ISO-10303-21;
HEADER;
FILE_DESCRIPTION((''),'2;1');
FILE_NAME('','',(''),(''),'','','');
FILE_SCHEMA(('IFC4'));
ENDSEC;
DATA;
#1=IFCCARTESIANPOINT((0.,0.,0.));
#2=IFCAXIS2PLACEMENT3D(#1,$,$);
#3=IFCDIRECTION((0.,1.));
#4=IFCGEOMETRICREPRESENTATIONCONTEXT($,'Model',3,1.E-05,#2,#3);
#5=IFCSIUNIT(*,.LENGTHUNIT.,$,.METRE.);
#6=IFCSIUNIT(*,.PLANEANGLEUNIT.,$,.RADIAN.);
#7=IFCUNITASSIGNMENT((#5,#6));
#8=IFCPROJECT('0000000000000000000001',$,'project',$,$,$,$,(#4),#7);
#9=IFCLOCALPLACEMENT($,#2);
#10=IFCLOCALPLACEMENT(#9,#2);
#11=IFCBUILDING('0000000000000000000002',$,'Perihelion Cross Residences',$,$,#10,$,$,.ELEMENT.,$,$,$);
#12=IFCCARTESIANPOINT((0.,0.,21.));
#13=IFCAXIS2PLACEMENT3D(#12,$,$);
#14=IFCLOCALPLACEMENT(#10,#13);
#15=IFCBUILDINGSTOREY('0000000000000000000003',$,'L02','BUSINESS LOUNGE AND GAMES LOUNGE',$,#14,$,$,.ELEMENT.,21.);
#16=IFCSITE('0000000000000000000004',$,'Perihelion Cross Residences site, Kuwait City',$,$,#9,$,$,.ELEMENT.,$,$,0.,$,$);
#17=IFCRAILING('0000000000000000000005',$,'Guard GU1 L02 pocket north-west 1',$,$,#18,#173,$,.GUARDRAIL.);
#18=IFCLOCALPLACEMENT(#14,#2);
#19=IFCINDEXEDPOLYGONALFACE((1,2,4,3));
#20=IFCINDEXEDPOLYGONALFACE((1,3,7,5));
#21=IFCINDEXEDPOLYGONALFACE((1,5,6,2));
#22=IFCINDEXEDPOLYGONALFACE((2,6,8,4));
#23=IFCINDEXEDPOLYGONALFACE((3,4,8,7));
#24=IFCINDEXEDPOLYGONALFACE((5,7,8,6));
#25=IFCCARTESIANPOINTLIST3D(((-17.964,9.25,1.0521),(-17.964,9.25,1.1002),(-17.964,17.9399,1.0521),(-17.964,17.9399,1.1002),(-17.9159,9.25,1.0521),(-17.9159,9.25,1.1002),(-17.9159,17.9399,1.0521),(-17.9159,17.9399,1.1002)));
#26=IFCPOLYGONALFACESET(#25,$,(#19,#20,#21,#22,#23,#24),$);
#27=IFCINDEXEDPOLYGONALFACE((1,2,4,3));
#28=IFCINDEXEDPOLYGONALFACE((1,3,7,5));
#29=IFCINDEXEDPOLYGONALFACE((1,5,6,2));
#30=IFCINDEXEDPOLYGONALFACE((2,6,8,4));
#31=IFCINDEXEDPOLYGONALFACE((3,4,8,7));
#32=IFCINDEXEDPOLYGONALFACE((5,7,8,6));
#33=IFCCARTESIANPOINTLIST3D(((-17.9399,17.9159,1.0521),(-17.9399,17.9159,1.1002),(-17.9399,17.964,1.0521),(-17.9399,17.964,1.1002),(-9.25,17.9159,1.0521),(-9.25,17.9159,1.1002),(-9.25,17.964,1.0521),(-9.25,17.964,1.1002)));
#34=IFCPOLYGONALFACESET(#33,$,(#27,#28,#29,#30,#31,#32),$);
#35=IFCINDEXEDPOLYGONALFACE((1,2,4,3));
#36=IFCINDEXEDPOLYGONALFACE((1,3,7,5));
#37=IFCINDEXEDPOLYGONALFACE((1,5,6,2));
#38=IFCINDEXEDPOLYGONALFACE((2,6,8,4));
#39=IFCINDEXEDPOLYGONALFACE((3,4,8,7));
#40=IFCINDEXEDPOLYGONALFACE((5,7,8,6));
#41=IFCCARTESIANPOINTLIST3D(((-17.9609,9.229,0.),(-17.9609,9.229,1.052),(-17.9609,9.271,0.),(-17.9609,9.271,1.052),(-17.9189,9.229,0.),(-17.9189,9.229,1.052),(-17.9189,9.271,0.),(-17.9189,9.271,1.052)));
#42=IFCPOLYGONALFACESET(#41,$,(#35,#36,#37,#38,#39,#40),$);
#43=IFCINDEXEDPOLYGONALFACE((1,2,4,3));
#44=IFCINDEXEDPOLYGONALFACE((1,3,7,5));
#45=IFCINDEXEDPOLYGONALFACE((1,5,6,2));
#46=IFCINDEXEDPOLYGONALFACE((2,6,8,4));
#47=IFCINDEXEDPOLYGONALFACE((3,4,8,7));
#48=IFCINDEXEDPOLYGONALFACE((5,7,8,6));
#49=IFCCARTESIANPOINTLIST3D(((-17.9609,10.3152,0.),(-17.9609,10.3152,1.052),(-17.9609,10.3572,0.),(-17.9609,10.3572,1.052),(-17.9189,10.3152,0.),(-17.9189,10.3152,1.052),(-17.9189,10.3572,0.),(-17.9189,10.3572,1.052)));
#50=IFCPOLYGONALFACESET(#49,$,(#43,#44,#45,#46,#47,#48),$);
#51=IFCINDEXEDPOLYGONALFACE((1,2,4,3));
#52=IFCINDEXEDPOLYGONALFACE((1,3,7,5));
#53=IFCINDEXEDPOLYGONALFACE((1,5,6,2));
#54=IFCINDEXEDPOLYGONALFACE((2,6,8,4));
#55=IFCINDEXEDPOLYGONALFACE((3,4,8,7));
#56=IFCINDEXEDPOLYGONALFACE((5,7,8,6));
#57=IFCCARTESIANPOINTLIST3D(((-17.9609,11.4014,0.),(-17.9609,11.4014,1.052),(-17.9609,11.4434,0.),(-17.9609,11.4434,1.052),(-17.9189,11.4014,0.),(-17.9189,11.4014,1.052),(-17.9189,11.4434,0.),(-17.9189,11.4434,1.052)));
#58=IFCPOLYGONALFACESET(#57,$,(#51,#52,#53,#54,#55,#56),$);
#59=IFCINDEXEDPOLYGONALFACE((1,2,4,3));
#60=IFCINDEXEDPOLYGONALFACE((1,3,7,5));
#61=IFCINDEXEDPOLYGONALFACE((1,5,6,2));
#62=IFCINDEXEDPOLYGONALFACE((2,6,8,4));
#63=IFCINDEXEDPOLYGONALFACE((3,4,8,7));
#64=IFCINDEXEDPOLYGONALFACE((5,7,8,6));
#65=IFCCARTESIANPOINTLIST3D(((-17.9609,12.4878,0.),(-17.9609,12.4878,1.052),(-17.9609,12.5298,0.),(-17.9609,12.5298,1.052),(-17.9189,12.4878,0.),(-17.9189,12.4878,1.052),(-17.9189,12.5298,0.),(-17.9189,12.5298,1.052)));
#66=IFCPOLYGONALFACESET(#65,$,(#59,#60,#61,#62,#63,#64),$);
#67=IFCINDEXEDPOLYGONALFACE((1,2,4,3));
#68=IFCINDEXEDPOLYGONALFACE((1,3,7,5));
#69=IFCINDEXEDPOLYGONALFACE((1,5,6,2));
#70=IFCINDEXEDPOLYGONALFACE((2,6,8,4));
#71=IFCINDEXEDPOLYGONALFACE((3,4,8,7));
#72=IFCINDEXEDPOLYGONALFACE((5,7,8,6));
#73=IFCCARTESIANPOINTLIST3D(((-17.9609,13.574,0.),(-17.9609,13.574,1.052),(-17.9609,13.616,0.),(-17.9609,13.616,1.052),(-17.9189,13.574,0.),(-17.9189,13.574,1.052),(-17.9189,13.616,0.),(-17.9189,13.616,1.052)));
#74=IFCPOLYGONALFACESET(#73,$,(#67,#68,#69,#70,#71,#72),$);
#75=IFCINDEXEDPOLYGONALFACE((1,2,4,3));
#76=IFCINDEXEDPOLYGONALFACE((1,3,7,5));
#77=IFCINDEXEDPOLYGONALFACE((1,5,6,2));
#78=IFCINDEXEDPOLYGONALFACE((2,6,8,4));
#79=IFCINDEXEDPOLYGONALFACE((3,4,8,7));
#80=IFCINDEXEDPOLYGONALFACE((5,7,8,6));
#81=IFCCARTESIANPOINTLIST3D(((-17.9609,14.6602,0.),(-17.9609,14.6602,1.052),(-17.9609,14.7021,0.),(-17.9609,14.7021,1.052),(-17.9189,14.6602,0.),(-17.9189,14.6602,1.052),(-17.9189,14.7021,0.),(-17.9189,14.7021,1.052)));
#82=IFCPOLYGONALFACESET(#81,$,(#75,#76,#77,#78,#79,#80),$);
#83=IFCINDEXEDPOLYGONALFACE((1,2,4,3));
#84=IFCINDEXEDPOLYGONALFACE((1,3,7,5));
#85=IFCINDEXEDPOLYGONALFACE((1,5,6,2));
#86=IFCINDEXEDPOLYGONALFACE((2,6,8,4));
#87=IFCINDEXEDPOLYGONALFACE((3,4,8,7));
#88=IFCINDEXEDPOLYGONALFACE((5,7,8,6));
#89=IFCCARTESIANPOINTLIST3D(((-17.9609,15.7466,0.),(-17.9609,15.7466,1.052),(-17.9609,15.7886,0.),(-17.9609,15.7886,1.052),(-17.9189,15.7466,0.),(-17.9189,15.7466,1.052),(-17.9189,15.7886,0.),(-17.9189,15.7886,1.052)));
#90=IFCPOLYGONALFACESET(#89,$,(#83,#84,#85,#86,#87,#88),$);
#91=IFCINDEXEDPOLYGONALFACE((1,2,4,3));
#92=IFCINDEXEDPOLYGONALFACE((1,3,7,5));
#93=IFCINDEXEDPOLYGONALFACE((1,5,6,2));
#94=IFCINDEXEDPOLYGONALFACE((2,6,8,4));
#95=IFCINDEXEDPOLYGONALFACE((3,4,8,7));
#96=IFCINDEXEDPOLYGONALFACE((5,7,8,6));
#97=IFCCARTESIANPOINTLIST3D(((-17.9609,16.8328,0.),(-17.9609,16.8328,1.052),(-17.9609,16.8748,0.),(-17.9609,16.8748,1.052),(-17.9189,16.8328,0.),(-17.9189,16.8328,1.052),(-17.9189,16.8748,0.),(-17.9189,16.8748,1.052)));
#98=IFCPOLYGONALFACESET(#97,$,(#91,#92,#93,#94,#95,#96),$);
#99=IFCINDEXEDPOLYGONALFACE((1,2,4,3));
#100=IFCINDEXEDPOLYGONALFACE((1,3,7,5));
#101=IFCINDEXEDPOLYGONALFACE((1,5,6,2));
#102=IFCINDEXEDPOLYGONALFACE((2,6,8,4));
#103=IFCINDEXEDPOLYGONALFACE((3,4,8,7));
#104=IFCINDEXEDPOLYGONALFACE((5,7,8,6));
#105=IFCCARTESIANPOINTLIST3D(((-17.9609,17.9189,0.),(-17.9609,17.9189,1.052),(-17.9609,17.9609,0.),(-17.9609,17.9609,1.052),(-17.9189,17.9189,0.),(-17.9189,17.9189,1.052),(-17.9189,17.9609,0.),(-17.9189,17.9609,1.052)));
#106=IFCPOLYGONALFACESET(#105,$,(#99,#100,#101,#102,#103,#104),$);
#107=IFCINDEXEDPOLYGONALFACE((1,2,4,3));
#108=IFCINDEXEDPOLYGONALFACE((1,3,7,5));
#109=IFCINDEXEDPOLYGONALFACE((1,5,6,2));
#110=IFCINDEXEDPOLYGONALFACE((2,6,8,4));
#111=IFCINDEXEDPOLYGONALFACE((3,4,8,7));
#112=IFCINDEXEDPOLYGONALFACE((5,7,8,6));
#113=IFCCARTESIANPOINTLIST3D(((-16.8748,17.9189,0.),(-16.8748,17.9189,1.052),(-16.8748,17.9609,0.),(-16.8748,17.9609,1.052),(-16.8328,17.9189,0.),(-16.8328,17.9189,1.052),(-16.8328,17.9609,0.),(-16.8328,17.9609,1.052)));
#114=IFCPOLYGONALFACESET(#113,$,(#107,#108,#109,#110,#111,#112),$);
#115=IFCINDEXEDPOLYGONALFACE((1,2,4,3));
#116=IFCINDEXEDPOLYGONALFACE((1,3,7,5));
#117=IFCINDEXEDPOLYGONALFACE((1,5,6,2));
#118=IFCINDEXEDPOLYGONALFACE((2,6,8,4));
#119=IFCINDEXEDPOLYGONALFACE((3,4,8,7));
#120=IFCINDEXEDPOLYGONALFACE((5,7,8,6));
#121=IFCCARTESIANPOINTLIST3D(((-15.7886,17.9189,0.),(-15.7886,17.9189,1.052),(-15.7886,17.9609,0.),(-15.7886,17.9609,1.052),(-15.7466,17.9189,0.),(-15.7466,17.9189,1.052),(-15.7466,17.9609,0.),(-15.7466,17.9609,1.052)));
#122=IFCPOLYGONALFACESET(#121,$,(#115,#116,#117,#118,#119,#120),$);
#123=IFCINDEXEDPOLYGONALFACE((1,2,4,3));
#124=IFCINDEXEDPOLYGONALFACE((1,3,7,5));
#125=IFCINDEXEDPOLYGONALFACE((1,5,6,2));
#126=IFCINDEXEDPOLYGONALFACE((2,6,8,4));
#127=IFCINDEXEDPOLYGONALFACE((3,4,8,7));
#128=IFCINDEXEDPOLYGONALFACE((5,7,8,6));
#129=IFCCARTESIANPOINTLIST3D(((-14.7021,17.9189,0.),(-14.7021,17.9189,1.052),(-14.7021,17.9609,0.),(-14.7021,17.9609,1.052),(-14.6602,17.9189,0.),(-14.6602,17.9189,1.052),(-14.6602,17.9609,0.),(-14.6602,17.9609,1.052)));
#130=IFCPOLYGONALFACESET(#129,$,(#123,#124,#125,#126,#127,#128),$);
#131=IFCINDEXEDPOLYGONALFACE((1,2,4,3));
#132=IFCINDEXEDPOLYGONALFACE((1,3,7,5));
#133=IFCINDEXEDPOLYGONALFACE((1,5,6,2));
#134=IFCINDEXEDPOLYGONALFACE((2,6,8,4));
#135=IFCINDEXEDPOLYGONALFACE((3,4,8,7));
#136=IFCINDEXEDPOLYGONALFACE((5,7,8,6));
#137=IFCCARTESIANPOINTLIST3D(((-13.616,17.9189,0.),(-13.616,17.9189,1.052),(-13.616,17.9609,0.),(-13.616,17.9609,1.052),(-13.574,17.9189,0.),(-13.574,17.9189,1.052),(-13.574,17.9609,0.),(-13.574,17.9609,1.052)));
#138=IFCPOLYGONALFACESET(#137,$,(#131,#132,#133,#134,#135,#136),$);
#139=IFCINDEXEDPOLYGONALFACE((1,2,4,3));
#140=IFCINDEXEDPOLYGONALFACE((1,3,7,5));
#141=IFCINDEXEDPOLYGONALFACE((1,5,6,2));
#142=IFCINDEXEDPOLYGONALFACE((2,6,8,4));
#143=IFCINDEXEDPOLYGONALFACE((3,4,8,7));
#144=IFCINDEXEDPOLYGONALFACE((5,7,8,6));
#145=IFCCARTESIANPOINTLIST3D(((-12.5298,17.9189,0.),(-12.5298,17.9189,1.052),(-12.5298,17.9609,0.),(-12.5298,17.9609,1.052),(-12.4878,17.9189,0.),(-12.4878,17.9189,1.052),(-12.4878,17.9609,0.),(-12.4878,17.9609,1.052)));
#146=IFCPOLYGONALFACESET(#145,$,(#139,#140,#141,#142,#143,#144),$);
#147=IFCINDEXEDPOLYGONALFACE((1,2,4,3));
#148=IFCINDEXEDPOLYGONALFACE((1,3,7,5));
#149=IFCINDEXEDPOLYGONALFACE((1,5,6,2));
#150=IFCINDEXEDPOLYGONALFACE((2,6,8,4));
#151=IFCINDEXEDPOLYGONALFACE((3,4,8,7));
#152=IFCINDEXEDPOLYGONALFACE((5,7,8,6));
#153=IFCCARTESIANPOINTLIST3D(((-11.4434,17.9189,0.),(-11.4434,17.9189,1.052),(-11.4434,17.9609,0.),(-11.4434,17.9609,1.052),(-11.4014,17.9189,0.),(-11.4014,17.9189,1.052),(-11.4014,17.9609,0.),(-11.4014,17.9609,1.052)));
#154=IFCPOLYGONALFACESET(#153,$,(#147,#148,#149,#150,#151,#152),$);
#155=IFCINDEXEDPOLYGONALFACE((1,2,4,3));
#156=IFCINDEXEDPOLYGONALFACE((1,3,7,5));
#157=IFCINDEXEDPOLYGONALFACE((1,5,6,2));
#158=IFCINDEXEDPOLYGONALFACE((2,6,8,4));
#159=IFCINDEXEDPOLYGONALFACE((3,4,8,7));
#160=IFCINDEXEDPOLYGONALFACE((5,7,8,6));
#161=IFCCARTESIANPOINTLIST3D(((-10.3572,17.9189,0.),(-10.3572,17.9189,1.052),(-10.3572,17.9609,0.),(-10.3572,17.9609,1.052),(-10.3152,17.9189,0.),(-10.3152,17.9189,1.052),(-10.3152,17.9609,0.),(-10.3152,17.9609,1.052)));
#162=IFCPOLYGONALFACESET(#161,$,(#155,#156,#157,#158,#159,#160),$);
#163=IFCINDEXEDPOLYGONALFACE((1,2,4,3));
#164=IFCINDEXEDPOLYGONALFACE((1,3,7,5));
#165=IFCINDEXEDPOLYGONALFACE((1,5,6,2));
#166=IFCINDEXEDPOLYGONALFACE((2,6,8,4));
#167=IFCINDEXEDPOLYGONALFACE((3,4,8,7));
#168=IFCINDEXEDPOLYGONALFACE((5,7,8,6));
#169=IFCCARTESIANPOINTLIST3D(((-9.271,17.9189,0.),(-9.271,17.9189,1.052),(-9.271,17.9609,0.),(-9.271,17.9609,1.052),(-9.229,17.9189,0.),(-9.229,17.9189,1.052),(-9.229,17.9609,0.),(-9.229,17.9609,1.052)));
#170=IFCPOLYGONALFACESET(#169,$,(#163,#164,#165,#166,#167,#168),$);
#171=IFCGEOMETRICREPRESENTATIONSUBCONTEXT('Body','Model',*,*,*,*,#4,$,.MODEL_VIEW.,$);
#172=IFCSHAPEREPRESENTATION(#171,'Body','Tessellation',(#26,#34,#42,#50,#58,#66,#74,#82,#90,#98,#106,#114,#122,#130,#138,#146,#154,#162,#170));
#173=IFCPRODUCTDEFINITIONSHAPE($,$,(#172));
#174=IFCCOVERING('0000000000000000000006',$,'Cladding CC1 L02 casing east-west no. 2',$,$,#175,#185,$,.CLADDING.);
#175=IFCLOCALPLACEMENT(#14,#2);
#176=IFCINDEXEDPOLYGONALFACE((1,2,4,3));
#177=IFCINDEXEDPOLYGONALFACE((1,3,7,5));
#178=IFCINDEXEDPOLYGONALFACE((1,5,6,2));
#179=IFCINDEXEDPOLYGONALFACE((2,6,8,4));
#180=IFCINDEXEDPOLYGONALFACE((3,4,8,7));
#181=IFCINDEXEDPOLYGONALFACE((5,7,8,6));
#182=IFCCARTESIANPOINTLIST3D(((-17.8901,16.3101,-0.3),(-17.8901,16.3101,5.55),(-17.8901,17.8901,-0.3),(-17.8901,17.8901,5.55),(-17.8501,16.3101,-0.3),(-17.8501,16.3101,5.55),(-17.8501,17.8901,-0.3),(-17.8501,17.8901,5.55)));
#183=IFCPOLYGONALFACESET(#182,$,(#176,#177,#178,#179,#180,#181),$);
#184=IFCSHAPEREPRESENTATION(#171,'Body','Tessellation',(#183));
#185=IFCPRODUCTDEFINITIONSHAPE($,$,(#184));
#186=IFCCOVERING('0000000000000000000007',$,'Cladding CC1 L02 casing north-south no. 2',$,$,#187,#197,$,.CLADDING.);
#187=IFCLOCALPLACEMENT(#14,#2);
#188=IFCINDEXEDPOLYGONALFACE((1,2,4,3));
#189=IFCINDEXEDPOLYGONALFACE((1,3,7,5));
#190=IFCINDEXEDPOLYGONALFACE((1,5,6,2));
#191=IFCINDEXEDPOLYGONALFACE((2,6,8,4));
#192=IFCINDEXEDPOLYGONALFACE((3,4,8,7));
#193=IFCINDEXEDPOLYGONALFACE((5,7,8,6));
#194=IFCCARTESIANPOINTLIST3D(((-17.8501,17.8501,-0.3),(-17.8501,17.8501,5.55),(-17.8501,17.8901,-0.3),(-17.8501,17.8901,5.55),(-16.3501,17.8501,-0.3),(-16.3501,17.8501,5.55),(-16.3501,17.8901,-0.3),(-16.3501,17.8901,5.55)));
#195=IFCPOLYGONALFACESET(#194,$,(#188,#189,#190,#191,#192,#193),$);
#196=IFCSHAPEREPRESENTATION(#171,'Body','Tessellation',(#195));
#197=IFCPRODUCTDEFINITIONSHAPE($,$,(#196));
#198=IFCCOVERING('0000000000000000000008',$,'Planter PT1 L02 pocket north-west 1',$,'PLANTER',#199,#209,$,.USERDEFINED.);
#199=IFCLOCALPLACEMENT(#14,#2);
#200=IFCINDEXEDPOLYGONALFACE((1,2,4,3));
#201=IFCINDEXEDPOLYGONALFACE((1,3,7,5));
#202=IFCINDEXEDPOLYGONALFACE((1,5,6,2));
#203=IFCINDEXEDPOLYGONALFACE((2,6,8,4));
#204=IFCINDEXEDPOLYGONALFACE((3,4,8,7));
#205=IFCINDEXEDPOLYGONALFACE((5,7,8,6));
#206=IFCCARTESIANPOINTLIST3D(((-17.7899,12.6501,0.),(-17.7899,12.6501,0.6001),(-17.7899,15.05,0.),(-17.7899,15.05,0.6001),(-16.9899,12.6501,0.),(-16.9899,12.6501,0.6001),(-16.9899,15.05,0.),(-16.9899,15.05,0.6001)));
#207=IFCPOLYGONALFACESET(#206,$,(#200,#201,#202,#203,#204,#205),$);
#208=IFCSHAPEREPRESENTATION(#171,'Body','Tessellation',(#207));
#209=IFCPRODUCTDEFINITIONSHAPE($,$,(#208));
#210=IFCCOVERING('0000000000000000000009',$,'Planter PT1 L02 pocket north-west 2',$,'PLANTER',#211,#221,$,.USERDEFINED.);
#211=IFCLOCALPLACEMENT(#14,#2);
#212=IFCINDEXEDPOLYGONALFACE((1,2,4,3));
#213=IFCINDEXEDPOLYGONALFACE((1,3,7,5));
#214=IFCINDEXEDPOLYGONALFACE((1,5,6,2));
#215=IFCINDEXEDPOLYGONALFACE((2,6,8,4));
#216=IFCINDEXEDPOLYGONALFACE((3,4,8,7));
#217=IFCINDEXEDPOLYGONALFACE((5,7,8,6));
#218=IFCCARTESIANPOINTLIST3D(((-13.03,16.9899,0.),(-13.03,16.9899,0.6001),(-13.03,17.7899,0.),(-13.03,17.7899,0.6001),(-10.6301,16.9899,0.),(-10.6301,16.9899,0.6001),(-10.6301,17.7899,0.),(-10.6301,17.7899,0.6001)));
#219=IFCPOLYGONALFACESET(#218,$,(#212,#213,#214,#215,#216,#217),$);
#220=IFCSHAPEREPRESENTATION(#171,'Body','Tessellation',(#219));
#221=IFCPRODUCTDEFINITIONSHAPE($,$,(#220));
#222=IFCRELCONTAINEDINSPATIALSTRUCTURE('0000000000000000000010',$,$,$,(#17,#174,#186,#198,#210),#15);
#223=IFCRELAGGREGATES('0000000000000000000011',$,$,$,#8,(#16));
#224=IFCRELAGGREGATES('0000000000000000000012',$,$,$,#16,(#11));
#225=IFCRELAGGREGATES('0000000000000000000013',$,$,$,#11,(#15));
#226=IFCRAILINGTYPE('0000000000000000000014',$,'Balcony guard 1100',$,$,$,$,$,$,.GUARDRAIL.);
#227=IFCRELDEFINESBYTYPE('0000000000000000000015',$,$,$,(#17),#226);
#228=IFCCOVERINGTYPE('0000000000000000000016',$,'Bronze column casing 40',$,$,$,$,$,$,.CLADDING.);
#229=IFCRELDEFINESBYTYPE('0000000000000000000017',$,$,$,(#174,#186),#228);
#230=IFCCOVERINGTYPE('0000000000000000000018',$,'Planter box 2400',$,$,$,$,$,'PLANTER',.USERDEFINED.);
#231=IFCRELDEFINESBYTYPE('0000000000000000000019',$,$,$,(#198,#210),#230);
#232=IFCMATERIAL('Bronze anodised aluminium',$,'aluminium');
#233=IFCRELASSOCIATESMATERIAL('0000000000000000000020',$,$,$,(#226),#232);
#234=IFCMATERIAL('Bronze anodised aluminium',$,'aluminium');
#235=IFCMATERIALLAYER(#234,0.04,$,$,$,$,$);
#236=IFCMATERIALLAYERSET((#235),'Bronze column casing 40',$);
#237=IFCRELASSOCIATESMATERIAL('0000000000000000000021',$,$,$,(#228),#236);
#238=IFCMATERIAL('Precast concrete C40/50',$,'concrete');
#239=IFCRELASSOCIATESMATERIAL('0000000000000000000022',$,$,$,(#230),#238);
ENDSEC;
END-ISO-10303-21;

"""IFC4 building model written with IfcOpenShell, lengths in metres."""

from ifc_helpers import new_model, si_unit, direction, frame, origin, origin_2d, place, context, subcontext, project, spatial, rectangle, extrude, material, layer, layer_set, type_object, element, save


model = new_model("IFC4")

# Units and contexts
model_context = context("Model", 3, precision=1e-05, world=origin(), true_north=direction((0.0, 1.0)))
body_context = subcontext(model_context, "Body", "Model", "MODEL_VIEW")
ifc_project = project(units=[si_unit("LENGTHUNIT", "METRE"), si_unit("PLANEANGLEUNIT", "RADIAN")], contexts=[model_context])

# Site, building, storey
site_placement = place(None, origin())
site = spatial("IfcSite", under=ifc_project, at=site_placement, Name="Perihelion Cross Residences site, Kuwait City", CompositionType="ELEMENT", RefElevation=0.0)
building_placement = place(site_placement, origin())
building = spatial("IfcBuilding", under=site, at=building_placement, Name="Perihelion Cross Residences", CompositionType="ELEMENT")
storey_placement = place(building_placement, frame((0.0, 0.0, 21.0)))
storey = spatial("IfcBuildingStorey", under=building, at=storey_placement, Name="L02", Description="BUSINESS LOUNGE AND GAMES LOUNGE", CompositionType="ELEMENT", Elevation=21.0)

# Railing
ifc_material_1 = material(Name="Bronze anodised aluminium", Category="aluminium")
railing_type = type_object("IfcRailingType", Name="Balcony guard 1100", PredefinedType="GUARDRAIL", material=ifc_material_1)
railing_placement = place(storey_placement, frame((-17.9399, 9.25, 0.0)))
element("IfcRailing", 1, at=railing_placement, inside=storey, type_object=railing_type, Name="Guard GU1 L02 pocket north-west 1", PredefinedType="GUARDRAIL", context=body_context, shape_type="SweptSolid", body=[
    extrude(rectangle(XDim=0.0481, YDim=0.0481, at=origin_2d()), frame((0.0, 0.0, 1.0762), z_axis=(0.0, 1.0, 0.0), x_axis=(-1.0, 0.0, 0.0)), (0.0, 0.0, 1.0), 8.6899),
    extrude(rectangle(XDim=0.0481, YDim=0.0481, at=origin_2d()), frame((0.0, 8.6899, 1.0762), z_axis=(1.0, 0.0, 0.0), x_axis=(0.0, 1.0, 0.0)), (0.0, 0.0, 1.0), 8.6899),
    extrude(rectangle(XDim=0.042, YDim=0.042, at=origin_2d()), origin(), (0.0, 0.0, 1.0), 1.052),
    extrude(rectangle(XDim=0.042, YDim=0.042, at=origin_2d()), frame((0.0, 1.0862, 0.0)), (0.0, 0.0, 1.0), 1.052),
    extrude(rectangle(XDim=0.042, YDim=0.042, at=origin_2d()), frame((0.0, 2.1724, 0.0)), (0.0, 0.0, 1.0), 1.052),
    extrude(rectangle(XDim=0.042, YDim=0.042, at=origin_2d()), frame((0.0, 3.2588, 0.0)), (0.0, 0.0, 1.0), 1.052),
    extrude(rectangle(XDim=0.042, YDim=0.042, at=origin_2d()), frame((0.0, 4.345, 0.0)), (0.0, 0.0, 1.0), 1.052),
    extrude(rectangle(XDim=0.042, YDim=0.042, at=origin_2d()), frame((0.0, 5.4312, 0.0)), (0.0, 0.0, 1.0), 1.052),
    extrude(rectangle(XDim=0.042, YDim=0.042, at=origin_2d()), frame((0.0, 6.5176, 0.0)), (0.0, 0.0, 1.0), 1.052),
    extrude(rectangle(XDim=0.042, YDim=0.042, at=origin_2d()), frame((0.0, 7.6038, 0.0)), (0.0, 0.0, 1.0), 1.052),
    extrude(rectangle(XDim=0.042, YDim=0.042, at=origin_2d()), frame((0.0, 8.6899, 0.0)), (0.0, 0.0, 1.0), 1.052),
    extrude(rectangle(XDim=0.042, YDim=0.042, at=origin_2d()), frame((1.0862, 8.6899, 0.0)), (0.0, 0.0, 1.0), 1.052),
    extrude(rectangle(XDim=0.042, YDim=0.042, at=origin_2d()), frame((2.1724, 8.6899, 0.0)), (0.0, 0.0, 1.0), 1.052),
    extrude(rectangle(XDim=0.042, YDim=0.042, at=origin_2d()), frame((3.2588, 8.6899, 0.0)), (0.0, 0.0, 1.0), 1.052),
    extrude(rectangle(XDim=0.042, YDim=0.042, at=origin_2d()), frame((4.345, 8.6899, 0.0)), (0.0, 0.0, 1.0), 1.052),
    extrude(rectangle(XDim=0.042, YDim=0.042, at=origin_2d()), frame((5.4312, 8.6899, 0.0)), (0.0, 0.0, 1.0), 1.052),
    extrude(rectangle(XDim=0.042, YDim=0.042, at=origin_2d()), frame((6.5176, 8.6899, 0.0)), (0.0, 0.0, 1.0), 1.052),
    extrude(rectangle(XDim=0.042, YDim=0.042, at=origin_2d()), frame((7.6038, 8.6899, 0.0)), (0.0, 0.0, 1.0), 1.052),
    extrude(rectangle(XDim=0.042, YDim=0.042, at=origin_2d()), frame((8.6899, 8.6899, 0.0)), (0.0, 0.0, 1.0), 1.052),
])

# Coverings
ifc_material_2 = material(Name="Bronze anodised aluminium", Category="aluminium")
ifc_layer_1 = layer(ifc_material_2, 0.04)
ifc_layer_set_1 = layer_set([ifc_layer_1], Name="Bronze column casing 40")
covering_type_1 = type_object("IfcCoveringType", Name="Bronze column casing 40", PredefinedType="CLADDING", material=ifc_layer_set_1)
covering_1_placement = place(storey_placement, frame((-17.8701, 17.1001, -0.3), z_axis=(0.0, 0.0, 1.0), x_axis=(1.0, 0.0, 0.0)))
element("IfcCovering", 2, at=covering_1_placement, inside=storey, type_object=covering_type_1, Name="Cladding CC1 L02 casing east-west no. 2", PredefinedType="CLADDING", context=body_context, shape_type="SweptSolid", body=[
    extrude(rectangle(XDim=0.04, YDim=1.5801, at=origin_2d()), origin(), (0.0, 0.0, 1.0), 5.8501),
])
covering_2_placement = place(storey_placement, frame((-17.1001, 17.8701, -0.3), z_axis=(0.0, 0.0, 1.0), x_axis=(1.0, 0.0, 0.0)))
element("IfcCovering", 3, at=covering_2_placement, inside=storey, type_object=covering_type_1, Name="Cladding CC1 L02 casing north-south no. 2", PredefinedType="CLADDING", context=body_context, shape_type="SweptSolid", body=[
    extrude(rectangle(XDim=1.5, YDim=0.04, at=origin_2d()), origin(), (0.0, 0.0, 1.0), 5.8501),
])
ifc_material_3 = material(Name="Precast concrete C40/50", Category="concrete")
covering_type_2 = type_object("IfcCoveringType", Name="Planter box 2400", ElementType="PLANTER", PredefinedType="USERDEFINED", material=ifc_material_3)
for number, where, z_axis, x_axis, name in (
    (4, (-17.3899, 13.8501, 0.0), (0.0, 0.0, 1.0), (0.0, 1.0, 0.0), "Planter PT1 L02 pocket north-west 1"),
    (5, (-11.8301, 17.3899, 0.0), (0.0, 0.0, 1.0), (1.0, 0.0, 0.0), "Planter PT1 L02 pocket north-west 2"),
):
    element("IfcCovering", number, at=place(storey_placement, frame(where, z_axis=z_axis, x_axis=x_axis)), inside=storey, type_object=covering_type_2, Name=name, ObjectType="PLANTER", PredefinedType="USERDEFINED", context=body_context, shape_type="SweptSolid", body=[
        extrude(rectangle(XDim=2.3999, YDim=0.8, at=origin_2d()), origin(), (0.0, 0.0, 1.0), 0.6001),
    ])

save(model, "model.ifc")
